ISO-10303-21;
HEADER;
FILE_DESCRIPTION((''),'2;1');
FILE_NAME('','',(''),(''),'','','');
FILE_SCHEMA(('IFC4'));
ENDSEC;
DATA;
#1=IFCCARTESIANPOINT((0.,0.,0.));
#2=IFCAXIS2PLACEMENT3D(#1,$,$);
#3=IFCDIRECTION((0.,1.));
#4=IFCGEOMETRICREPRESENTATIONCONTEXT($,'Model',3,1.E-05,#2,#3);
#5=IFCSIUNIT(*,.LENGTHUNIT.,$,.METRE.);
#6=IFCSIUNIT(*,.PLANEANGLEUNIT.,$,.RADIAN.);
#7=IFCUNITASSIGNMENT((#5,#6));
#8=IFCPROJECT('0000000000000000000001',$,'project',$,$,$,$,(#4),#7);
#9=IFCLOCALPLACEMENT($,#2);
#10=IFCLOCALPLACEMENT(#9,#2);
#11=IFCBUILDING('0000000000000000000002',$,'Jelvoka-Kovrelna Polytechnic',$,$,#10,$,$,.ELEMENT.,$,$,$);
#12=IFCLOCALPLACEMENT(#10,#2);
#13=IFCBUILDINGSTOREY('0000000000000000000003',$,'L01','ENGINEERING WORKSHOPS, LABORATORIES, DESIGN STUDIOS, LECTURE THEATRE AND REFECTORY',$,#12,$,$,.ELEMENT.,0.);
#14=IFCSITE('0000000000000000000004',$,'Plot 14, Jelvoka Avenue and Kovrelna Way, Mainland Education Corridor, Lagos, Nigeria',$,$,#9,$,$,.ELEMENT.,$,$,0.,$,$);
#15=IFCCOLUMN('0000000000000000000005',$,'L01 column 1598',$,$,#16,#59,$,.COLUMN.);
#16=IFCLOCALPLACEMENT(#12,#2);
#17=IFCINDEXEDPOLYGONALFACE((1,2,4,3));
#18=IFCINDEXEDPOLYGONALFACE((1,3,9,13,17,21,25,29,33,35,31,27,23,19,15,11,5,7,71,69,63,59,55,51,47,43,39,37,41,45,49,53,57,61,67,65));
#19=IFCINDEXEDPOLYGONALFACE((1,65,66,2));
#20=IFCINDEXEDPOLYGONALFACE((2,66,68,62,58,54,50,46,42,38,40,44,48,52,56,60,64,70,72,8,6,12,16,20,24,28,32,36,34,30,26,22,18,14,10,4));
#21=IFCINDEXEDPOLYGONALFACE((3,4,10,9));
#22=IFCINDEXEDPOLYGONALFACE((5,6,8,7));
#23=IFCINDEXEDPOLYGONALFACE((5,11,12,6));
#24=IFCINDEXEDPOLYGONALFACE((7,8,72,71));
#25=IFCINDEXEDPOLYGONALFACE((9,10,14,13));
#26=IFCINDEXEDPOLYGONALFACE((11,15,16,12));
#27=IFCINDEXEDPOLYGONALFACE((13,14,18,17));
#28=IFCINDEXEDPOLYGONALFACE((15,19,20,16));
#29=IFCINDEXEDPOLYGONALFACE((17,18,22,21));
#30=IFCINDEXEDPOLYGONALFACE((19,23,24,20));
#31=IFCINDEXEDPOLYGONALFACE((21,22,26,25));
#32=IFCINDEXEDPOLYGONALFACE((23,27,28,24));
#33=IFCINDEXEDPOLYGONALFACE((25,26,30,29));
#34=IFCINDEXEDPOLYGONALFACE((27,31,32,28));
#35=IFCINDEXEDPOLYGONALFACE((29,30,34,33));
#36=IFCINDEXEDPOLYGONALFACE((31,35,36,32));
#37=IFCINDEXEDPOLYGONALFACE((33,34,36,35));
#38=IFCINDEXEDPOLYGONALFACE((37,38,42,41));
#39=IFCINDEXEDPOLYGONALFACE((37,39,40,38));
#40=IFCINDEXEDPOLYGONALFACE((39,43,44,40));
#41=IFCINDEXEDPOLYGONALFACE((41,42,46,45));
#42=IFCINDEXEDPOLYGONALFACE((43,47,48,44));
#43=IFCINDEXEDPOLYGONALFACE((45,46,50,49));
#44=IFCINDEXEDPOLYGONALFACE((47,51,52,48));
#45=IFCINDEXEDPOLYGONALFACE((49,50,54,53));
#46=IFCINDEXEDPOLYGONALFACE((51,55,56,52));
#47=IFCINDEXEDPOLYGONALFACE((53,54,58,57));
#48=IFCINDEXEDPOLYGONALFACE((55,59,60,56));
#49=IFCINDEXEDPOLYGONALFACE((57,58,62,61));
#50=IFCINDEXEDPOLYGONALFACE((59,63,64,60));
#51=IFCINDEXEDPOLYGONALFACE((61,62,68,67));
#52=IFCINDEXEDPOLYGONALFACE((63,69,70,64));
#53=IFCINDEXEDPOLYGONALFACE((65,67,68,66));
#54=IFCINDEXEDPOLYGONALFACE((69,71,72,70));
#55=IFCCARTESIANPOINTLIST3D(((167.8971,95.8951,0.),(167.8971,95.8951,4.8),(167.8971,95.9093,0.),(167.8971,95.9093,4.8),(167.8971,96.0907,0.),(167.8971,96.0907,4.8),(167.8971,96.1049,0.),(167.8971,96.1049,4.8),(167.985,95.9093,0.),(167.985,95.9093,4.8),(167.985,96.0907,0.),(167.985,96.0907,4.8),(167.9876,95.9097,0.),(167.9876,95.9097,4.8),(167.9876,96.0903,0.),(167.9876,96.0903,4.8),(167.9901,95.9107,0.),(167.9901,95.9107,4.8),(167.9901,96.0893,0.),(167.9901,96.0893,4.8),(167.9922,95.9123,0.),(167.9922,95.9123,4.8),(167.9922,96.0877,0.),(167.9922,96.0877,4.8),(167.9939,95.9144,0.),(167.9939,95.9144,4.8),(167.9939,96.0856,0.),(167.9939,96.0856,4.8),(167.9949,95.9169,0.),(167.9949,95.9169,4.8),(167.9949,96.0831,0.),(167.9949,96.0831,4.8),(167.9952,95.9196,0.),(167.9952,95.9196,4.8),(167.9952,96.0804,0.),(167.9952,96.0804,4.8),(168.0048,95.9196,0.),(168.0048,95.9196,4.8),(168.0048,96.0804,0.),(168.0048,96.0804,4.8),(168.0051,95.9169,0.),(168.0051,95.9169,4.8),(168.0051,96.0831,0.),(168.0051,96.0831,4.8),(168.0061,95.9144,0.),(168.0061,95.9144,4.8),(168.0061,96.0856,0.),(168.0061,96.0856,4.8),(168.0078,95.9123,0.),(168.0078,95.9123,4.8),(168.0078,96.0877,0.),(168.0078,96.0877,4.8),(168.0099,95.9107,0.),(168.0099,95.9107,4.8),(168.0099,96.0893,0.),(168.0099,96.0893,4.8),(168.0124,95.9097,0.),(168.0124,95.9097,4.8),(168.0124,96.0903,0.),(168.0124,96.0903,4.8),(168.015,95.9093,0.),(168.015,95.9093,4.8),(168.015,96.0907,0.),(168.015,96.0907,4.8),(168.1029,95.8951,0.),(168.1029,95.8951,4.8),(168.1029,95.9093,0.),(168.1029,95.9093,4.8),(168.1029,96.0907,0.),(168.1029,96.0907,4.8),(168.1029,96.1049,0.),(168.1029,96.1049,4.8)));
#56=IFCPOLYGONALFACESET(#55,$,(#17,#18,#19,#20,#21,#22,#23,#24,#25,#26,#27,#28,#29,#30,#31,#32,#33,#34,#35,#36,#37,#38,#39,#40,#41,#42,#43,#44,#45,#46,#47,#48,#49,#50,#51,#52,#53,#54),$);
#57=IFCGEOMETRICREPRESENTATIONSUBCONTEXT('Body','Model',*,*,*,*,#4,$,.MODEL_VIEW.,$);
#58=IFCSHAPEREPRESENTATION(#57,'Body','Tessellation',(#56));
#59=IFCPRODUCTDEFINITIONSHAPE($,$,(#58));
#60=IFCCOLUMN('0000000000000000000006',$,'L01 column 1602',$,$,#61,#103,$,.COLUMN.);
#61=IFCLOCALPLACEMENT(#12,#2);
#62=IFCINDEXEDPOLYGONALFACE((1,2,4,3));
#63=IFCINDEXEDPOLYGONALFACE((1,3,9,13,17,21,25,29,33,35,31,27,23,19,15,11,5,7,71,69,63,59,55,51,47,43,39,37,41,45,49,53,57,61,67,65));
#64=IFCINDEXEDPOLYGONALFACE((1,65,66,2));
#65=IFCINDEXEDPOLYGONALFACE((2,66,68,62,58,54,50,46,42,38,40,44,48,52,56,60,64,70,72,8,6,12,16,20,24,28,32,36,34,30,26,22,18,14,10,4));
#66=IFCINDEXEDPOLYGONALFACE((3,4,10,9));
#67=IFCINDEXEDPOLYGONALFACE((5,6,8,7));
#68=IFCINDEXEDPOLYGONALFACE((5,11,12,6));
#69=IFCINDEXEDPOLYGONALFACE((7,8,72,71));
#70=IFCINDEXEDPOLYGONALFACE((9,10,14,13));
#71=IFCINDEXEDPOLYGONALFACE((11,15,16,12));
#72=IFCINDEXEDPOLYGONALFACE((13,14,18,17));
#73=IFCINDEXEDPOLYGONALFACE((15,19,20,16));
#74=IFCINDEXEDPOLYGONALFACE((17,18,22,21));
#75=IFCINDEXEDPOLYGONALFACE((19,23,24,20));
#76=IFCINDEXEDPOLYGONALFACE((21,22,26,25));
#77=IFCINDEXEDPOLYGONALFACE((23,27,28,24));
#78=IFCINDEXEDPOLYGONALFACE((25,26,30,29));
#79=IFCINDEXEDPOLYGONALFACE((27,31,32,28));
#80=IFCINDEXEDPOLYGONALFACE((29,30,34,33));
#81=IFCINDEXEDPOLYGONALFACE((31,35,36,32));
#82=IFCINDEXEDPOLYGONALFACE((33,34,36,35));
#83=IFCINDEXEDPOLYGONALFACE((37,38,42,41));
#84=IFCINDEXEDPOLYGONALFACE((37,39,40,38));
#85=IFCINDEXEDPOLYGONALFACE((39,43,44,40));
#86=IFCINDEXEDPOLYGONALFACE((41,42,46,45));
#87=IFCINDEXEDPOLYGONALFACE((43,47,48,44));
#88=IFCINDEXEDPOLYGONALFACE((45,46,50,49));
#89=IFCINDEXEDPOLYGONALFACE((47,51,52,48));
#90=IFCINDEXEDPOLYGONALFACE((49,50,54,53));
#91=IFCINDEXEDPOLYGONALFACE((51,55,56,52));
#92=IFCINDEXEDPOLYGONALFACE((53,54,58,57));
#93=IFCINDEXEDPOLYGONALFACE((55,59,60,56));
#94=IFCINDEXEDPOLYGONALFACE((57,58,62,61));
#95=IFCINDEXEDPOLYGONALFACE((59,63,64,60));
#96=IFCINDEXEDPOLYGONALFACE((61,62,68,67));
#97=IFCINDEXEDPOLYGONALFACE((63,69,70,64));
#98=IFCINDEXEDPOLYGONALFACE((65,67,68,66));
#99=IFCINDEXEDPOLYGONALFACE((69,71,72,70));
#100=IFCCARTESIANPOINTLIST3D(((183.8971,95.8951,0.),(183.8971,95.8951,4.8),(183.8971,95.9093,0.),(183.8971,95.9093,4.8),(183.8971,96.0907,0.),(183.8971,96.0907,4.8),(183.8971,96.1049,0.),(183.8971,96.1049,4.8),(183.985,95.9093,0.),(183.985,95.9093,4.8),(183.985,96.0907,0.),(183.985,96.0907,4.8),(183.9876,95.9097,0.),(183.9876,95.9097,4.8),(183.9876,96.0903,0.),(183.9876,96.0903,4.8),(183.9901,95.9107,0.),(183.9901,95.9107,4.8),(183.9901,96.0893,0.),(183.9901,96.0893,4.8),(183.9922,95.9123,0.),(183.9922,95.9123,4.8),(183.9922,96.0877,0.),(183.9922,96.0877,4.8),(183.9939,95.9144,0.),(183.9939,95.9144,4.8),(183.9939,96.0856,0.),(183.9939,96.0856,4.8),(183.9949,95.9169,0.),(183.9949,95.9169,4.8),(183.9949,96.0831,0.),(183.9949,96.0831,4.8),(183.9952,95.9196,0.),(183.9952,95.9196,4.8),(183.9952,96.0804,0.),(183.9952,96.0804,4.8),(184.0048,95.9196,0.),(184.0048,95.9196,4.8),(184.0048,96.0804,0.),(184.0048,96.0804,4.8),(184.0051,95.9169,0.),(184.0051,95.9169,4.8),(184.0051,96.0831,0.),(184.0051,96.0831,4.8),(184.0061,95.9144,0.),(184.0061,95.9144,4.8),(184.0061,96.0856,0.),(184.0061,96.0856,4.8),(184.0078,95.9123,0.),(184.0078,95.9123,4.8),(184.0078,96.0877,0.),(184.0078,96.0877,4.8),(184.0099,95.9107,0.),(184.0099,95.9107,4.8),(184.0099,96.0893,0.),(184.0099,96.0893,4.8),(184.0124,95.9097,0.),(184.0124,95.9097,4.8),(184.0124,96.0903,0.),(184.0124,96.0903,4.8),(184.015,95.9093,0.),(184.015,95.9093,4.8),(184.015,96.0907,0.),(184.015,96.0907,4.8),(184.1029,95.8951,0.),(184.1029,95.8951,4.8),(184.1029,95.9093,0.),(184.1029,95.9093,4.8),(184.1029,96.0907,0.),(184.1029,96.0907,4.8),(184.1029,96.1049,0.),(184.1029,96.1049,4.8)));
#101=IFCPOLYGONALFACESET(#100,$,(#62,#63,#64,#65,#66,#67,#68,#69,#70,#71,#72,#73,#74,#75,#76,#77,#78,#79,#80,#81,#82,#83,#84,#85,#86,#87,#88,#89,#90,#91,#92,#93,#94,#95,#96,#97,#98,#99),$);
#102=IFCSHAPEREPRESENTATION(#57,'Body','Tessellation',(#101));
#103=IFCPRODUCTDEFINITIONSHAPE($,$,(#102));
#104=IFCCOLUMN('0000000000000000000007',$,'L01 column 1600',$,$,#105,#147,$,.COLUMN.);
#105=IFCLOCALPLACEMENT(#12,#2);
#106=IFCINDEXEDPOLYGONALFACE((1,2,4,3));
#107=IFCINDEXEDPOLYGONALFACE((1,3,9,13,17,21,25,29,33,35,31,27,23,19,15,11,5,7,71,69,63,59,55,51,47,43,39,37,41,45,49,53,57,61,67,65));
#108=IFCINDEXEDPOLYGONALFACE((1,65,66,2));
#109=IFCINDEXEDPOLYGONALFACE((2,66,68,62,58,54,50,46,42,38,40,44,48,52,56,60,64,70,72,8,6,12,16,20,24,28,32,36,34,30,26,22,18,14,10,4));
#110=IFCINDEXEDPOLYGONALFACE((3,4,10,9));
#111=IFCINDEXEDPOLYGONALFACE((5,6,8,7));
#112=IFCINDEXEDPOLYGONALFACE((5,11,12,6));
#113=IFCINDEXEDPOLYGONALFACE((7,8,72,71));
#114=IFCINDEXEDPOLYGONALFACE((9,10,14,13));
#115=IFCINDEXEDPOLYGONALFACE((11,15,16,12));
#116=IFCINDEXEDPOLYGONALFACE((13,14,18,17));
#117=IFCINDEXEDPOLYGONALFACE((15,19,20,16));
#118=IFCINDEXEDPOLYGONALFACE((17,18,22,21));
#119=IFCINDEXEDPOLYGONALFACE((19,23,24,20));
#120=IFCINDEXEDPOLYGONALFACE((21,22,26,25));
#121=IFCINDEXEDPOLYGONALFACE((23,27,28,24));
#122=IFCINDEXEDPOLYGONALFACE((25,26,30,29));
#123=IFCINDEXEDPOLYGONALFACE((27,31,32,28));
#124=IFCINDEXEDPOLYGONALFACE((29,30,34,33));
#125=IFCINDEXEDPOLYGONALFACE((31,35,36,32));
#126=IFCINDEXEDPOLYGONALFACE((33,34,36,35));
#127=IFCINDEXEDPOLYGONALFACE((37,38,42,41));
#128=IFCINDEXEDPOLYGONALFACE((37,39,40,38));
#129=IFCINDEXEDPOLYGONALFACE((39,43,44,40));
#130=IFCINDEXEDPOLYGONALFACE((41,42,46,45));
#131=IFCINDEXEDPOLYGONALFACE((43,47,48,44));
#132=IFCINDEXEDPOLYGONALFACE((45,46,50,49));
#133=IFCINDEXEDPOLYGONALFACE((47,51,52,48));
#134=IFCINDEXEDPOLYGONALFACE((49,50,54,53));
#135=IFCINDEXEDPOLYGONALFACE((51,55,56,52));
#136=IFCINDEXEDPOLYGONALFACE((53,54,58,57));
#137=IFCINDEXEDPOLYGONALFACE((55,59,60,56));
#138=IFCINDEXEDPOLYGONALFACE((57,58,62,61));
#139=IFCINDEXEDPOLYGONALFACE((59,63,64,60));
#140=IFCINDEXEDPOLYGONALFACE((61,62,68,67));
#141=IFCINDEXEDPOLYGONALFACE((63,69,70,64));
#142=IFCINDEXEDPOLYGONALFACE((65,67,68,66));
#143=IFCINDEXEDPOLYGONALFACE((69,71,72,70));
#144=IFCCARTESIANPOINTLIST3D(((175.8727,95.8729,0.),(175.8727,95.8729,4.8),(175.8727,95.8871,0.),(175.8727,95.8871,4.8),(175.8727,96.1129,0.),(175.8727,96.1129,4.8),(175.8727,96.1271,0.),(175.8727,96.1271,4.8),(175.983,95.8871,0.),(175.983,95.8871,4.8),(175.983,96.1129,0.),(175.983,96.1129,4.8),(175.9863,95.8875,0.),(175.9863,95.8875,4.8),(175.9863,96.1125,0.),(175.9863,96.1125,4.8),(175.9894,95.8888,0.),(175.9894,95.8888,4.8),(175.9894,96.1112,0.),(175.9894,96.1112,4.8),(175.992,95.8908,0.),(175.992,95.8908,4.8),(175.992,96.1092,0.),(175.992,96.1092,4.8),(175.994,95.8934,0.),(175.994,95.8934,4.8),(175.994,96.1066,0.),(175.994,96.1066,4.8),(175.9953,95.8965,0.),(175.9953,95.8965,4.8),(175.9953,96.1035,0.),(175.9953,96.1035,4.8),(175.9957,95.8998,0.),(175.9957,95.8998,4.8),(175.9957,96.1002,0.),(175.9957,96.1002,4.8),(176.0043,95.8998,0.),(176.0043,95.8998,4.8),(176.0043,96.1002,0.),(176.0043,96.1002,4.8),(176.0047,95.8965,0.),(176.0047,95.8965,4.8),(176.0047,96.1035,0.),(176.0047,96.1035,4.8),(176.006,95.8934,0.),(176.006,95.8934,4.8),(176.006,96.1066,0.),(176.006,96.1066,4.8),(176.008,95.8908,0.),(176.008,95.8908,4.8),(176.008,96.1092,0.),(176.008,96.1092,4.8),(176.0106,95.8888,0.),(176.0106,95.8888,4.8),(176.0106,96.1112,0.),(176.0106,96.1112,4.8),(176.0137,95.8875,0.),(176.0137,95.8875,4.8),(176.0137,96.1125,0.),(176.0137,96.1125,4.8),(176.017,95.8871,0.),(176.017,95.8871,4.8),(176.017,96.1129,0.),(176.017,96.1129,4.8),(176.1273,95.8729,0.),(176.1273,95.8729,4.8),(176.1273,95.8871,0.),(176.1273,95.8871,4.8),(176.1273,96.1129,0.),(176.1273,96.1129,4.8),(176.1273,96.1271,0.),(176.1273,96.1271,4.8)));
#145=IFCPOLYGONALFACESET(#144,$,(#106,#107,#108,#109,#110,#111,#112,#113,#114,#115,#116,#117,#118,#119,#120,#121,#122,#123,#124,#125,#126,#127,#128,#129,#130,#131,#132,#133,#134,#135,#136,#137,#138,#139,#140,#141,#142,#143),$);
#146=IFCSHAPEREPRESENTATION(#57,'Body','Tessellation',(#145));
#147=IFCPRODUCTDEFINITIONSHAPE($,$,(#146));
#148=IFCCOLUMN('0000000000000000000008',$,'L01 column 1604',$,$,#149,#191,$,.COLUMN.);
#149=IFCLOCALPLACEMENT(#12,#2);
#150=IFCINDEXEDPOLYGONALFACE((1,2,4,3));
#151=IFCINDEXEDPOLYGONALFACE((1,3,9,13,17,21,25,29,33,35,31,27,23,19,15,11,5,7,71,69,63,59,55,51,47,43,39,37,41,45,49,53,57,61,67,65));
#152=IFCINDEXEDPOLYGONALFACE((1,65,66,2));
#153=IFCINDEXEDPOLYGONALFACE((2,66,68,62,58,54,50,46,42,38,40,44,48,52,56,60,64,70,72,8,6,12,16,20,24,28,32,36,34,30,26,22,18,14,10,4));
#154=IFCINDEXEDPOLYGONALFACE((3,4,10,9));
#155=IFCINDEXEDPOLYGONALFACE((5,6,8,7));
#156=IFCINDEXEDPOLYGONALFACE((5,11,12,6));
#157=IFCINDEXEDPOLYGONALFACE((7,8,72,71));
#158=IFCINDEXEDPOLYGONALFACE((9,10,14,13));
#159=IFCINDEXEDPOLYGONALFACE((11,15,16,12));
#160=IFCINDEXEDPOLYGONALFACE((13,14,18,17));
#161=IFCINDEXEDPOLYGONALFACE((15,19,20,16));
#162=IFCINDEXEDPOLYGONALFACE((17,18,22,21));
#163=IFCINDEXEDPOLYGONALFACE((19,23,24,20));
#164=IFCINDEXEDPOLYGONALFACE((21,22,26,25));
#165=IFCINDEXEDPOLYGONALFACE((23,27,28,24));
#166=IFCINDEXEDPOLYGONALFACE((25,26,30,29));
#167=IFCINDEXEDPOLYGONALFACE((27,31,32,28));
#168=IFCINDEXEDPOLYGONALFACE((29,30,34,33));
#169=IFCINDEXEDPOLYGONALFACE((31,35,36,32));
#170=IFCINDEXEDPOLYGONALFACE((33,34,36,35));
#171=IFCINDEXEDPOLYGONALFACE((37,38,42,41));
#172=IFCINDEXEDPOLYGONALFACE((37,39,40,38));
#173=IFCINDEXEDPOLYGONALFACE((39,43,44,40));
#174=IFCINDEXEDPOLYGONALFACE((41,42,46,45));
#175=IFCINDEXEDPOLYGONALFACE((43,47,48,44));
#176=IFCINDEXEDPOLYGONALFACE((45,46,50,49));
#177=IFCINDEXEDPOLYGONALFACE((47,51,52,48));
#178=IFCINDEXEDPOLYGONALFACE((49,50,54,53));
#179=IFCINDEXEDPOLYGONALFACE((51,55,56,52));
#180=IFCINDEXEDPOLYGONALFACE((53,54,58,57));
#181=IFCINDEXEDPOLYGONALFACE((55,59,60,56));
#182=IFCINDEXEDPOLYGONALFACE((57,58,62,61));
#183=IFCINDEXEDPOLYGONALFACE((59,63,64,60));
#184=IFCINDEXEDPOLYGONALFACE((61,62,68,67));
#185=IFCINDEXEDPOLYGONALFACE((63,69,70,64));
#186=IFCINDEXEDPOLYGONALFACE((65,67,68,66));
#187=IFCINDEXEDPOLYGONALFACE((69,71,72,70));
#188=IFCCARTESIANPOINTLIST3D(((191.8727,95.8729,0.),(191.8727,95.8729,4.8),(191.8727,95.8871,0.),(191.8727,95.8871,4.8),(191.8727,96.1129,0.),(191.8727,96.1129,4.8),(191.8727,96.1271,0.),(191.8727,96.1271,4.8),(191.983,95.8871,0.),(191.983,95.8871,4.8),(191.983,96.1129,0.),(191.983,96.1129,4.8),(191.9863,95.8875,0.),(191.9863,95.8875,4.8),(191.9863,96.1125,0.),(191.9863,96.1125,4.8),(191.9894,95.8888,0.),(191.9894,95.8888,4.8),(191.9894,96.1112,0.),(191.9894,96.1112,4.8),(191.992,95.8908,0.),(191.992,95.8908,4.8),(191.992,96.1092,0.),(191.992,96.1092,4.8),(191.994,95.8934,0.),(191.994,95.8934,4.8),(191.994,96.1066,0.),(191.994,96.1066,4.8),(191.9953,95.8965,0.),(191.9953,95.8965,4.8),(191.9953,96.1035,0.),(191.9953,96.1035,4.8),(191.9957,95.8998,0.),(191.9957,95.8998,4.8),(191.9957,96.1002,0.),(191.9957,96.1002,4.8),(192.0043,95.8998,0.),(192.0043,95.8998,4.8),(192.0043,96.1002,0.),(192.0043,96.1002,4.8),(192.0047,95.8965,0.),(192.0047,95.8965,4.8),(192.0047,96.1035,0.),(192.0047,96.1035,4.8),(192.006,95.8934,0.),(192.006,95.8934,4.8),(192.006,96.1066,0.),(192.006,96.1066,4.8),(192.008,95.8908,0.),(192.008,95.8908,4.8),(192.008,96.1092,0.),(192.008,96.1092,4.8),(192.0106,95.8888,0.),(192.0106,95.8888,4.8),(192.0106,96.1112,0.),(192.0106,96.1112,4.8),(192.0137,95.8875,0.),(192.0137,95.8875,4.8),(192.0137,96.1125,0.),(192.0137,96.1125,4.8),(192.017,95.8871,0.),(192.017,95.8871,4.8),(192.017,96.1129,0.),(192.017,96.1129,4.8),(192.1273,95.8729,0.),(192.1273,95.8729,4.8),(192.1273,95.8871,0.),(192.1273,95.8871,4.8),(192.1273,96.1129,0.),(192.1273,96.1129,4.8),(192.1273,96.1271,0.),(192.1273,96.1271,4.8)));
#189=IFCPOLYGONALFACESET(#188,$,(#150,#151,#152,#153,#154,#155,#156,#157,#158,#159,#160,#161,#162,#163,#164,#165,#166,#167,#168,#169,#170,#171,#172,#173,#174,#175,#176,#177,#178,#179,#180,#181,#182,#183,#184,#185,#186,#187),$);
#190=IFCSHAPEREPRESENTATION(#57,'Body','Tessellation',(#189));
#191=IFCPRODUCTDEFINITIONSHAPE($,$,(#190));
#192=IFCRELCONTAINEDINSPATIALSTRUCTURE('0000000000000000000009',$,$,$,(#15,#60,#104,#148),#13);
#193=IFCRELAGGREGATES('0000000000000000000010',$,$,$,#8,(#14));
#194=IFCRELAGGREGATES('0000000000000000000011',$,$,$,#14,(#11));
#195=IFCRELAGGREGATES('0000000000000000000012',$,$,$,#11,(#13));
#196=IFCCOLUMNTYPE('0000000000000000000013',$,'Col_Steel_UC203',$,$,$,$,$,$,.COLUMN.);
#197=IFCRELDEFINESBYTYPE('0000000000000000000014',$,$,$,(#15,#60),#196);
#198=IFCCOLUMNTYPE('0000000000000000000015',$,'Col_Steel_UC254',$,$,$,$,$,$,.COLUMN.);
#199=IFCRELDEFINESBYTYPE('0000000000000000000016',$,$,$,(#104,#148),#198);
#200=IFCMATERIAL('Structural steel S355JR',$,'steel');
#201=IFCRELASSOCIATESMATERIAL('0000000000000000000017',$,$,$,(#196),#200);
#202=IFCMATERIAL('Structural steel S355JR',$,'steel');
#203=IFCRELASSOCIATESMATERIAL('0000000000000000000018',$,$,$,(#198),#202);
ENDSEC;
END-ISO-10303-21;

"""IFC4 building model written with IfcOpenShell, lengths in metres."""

from ifc_helpers import new_model, si_unit, direction, frame, origin, origin_2d, place, context, subcontext, project, spatial, i_section, extrude, material, material_profile, profile_set, type_object, element, save


model = new_model("IFC4")

# Units and contexts
model_context = context("Model", 3, precision=1e-05, world=origin(), true_north=direction((0.0, 1.0)))
body_context = subcontext(model_context, "Body", "Model", "MODEL_VIEW")
ifc_project = project(units=[si_unit("LENGTHUNIT", "METRE"), si_unit("PLANEANGLEUNIT", "RADIAN")], contexts=[model_context])

# Site, building, storey
site_placement = place(None, origin())
site = spatial("IfcSite", under=ifc_project, at=site_placement, Name="Plot 14, Jelvoka Avenue and Kovrelna Way, Mainland Education Corridor, Lagos, Nigeria", CompositionType="ELEMENT", RefElevation=0.0)
building_placement = place(site_placement, origin())
building = spatial("IfcBuilding", under=site, at=building_placement, Name="Jelvoka-Kovrelna Polytechnic", CompositionType="ELEMENT")
storey_placement = place(building_placement, origin())
storey = spatial("IfcBuildingStorey", under=building, at=storey_placement, Name="L01", Description="ENGINEERING WORKSHOPS, LABORATORIES, DESIGN STUDIOS, LECTURE THEATRE AND REFECTORY", CompositionType="ELEMENT", Elevation=0.0)

# Columns
ifc_material_1 = material(Name="Structural steel S355JR", Category="steel")
ifc_material_profile_1 = material_profile(ifc_material_1, i_section(OverallWidth=0.2058, OverallDepth=0.2097, WebThickness=0.0095, FlangeThickness=0.0142, FilletRadius=0.0103, at=origin_2d()), Name="203x203x60 UC")
ifc_profile_set_1 = profile_set([ifc_material_profile_1], Name="Structural steel S355JR")
column_type_1 = type_object("IfcColumnType", Name="Col_Steel_UC203", PredefinedType="COLUMN", material=ifc_profile_set_1)
for number, where, z_axis, x_axis, name in (
    (1, (168.0, 96.0, 0.0), (0.0, 0.0, 1.0), (1.0, 0.0, 0.0), "L01 column 1598"),
    (2, (184.0, 96.0, 0.0), (0.0, 0.0, 1.0), (1.0, 0.0, 0.0), "L01 column 1602"),
):
    element("IfcColumn", number, at=place(storey_placement, frame(where, z_axis=z_axis, x_axis=x_axis)), inside=storey, type_object=column_type_1, Name=name, PredefinedType="COLUMN", context=body_context, shape_type="SweptSolid", body=[
        extrude(i_section(OverallWidth=0.2058, OverallDepth=0.2097, WebThickness=0.0095, FlangeThickness=0.0142, FilletRadius=0.0103, at=origin_2d()), origin(), (0.0, 0.0, 1.0), 4.8),
    ])
ifc_material_2 = material(Name="Structural steel S355JR", Category="steel")
ifc_material_profile_2 = material_profile(ifc_material_2, i_section(OverallWidth=0.2546, OverallDepth=0.2542, WebThickness=0.0085, FlangeThickness=0.0142, FilletRadius=0.0127, at=origin_2d()), Name="254x254x73 UC")
ifc_profile_set_2 = profile_set([ifc_material_profile_2], Name="Structural steel S355JR")
column_type_2 = type_object("IfcColumnType", Name="Col_Steel_UC254", PredefinedType="COLUMN", material=ifc_profile_set_2)
for number, where, z_axis, x_axis, name in (
    (3, (176.0, 96.0, 0.0), (0.0, 0.0, 1.0), (1.0, 0.0, 0.0), "L01 column 1600"),
    (4, (192.0, 96.0, 0.0), (0.0, 0.0, 1.0), (1.0, 0.0, 0.0), "L01 column 1604"),
):
    element("IfcColumn", number, at=place(storey_placement, frame(where, z_axis=z_axis, x_axis=x_axis)), inside=storey, type_object=column_type_2, Name=name, PredefinedType="COLUMN", context=body_context, shape_type="SweptSolid", body=[
        extrude(i_section(OverallWidth=0.2546, OverallDepth=0.2542, WebThickness=0.0085, FlangeThickness=0.0142, FilletRadius=0.0127, at=origin_2d()), origin(), (0.0, 0.0, 1.0), 4.8),
    ])

save(model, "model.ifc")
